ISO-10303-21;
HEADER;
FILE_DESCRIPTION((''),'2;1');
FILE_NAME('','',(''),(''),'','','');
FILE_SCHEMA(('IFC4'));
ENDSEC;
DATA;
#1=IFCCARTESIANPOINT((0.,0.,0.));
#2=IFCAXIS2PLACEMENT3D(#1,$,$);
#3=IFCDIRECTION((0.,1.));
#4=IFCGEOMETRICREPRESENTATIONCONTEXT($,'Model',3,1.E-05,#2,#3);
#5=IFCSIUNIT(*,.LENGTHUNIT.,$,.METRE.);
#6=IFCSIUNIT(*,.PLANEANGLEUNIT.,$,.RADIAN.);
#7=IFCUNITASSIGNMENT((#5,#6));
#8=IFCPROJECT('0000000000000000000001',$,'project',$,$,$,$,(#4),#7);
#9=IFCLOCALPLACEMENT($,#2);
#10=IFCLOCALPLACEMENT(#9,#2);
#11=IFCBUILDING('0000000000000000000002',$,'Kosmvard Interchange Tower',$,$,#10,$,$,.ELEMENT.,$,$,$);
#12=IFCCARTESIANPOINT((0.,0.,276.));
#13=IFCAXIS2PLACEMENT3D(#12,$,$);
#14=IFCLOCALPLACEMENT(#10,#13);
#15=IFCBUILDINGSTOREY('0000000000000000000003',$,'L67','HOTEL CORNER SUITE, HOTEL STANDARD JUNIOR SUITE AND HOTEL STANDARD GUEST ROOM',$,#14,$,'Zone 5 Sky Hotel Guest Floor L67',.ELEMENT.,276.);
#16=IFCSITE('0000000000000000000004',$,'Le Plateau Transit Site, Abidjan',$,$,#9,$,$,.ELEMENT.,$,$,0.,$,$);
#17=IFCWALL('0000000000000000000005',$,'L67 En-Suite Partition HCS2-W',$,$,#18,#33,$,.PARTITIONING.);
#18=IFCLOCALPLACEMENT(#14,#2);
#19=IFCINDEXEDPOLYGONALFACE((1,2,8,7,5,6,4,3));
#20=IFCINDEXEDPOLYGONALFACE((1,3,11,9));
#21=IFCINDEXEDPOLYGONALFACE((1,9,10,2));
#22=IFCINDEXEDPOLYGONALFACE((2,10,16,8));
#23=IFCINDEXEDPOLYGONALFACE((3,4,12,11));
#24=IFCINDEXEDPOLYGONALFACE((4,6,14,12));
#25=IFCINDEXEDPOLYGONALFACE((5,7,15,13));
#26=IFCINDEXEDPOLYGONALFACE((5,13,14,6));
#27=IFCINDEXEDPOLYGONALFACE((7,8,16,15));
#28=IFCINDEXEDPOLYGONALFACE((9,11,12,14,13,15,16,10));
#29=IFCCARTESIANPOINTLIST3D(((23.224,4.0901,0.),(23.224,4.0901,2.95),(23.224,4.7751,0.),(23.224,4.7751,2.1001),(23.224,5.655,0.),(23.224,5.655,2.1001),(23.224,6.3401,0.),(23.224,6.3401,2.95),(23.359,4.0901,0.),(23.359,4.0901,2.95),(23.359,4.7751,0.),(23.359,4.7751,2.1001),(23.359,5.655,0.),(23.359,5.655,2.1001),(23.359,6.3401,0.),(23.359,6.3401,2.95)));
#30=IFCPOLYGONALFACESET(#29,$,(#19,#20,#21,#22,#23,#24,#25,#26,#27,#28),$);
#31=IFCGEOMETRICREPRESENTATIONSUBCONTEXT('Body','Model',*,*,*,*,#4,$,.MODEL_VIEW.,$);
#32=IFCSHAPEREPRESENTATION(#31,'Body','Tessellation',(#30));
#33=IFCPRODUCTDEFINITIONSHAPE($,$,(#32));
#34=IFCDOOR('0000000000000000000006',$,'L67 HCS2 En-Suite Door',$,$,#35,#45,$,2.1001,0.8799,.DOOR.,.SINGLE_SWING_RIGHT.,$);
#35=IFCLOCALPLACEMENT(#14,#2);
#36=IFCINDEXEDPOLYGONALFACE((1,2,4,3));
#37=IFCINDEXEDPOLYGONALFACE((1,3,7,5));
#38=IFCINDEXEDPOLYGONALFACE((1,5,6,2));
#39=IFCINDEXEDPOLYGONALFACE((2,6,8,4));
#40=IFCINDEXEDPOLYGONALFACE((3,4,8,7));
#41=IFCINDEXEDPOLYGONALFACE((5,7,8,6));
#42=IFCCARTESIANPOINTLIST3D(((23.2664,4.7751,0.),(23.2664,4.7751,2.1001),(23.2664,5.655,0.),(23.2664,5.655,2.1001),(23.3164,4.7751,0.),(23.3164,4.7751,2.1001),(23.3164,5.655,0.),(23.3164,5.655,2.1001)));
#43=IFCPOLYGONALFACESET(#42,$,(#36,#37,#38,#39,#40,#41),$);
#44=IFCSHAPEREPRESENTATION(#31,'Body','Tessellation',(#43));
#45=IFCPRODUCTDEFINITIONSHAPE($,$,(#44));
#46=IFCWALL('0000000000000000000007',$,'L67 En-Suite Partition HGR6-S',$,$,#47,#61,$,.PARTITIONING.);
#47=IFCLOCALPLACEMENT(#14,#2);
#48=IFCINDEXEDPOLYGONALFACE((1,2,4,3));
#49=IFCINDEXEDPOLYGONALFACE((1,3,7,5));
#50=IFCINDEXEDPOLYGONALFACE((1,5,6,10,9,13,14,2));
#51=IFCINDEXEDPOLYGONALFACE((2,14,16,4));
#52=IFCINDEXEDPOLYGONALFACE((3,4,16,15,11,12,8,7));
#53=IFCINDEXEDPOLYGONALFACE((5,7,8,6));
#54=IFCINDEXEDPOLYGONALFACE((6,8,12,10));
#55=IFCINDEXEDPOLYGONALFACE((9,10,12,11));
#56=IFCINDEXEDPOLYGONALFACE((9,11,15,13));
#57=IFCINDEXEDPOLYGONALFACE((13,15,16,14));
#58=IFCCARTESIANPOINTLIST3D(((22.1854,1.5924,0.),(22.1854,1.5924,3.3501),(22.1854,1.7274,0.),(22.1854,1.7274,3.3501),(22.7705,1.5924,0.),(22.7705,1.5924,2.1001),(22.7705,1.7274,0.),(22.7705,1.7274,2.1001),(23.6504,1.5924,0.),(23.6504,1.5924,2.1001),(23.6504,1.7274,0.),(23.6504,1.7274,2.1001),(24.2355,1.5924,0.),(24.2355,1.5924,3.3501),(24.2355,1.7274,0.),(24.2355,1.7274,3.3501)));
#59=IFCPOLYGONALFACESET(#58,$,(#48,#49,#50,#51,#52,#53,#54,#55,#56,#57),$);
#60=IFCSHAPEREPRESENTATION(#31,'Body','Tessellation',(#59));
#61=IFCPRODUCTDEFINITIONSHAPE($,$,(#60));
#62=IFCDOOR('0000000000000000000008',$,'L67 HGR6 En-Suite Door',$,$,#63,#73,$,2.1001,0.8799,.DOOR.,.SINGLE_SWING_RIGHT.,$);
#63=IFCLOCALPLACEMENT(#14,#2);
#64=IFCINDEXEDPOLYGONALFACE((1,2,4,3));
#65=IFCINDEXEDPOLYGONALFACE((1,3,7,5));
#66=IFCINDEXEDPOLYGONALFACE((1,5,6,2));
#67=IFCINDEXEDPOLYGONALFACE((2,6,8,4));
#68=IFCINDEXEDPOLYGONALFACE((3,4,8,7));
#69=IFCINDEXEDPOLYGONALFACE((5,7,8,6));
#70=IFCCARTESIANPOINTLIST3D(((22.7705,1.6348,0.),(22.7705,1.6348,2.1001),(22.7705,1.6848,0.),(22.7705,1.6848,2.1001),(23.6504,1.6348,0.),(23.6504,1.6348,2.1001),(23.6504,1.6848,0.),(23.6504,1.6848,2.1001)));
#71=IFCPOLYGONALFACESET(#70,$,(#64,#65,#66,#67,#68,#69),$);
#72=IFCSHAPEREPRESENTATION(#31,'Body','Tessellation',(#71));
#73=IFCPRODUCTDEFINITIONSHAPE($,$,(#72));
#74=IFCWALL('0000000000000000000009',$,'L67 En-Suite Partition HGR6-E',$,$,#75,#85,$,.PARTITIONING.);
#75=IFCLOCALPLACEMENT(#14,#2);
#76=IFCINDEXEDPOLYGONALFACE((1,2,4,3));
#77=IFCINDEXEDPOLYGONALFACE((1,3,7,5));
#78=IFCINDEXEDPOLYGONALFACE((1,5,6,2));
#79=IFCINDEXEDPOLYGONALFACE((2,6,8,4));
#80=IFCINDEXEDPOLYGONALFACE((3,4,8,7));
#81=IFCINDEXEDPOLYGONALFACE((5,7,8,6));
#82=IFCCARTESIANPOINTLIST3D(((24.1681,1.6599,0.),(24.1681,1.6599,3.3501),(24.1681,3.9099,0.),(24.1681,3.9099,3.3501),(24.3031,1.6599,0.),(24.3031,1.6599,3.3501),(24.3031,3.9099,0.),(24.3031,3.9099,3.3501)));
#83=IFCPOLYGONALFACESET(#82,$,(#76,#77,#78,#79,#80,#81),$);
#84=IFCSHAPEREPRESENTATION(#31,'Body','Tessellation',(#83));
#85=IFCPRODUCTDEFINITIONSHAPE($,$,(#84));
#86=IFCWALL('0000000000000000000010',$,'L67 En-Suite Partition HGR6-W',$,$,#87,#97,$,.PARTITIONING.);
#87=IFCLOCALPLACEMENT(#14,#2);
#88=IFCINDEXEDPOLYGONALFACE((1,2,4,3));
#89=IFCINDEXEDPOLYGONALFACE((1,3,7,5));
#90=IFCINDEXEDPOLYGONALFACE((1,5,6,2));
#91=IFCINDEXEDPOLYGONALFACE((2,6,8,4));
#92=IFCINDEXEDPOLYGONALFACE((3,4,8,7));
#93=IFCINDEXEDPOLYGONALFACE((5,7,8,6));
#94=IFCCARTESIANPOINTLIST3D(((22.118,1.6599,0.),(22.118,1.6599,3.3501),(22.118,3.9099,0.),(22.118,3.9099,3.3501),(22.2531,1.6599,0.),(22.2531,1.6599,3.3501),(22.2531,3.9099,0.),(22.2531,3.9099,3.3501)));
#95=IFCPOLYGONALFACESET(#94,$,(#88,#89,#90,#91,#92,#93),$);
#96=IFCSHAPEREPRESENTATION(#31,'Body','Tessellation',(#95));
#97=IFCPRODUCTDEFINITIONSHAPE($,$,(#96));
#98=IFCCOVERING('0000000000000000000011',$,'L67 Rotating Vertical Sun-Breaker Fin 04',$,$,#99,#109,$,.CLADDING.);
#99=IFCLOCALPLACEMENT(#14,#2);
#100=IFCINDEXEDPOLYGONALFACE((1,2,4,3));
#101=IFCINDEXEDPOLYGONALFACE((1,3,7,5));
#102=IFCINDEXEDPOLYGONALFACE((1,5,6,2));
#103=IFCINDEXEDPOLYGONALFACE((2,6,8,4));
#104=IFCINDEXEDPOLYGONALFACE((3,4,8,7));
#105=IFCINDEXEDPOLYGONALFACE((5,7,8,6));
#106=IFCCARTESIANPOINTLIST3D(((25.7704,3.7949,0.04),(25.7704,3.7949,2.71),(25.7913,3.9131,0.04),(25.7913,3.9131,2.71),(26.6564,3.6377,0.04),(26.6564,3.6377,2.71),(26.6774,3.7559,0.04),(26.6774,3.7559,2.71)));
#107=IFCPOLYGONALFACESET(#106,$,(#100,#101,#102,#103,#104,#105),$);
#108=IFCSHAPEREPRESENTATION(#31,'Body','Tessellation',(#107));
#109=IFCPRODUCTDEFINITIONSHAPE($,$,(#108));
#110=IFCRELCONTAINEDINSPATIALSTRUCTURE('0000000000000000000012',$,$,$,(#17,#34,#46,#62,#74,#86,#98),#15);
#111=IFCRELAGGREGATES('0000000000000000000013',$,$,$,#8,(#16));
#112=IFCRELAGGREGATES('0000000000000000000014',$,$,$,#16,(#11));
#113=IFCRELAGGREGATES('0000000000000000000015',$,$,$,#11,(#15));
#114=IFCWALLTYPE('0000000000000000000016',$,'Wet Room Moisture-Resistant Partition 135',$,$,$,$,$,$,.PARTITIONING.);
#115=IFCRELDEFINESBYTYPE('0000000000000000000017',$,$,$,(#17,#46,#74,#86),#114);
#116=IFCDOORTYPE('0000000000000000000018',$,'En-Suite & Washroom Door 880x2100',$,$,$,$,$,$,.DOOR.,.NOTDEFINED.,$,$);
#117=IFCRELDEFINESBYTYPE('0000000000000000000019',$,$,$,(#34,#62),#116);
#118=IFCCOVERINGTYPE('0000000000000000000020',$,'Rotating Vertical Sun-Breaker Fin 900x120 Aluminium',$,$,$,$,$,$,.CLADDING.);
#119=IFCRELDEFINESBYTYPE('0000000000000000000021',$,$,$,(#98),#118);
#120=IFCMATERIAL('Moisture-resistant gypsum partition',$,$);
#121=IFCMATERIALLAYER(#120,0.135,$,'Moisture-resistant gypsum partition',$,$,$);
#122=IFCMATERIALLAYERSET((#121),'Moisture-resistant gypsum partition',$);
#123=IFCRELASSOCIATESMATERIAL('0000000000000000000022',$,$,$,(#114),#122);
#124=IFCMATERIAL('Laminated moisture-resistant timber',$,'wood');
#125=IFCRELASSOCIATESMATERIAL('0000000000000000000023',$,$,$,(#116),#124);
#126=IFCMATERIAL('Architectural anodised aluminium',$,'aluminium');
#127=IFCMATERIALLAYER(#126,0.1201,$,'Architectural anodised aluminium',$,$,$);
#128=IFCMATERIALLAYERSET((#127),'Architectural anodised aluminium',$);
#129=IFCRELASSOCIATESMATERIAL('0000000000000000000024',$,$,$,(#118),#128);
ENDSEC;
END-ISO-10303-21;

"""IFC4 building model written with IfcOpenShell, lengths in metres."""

from ifc_helpers import new_model, si_unit, direction, frame, frame_2d, origin, origin_2d, place, context, subcontext, project, spatial, rectangle, extrude, source, transform, mapped, material, layer, layer_set, type_object, element, fill, save


model = new_model("IFC4")

# Units and contexts
model_context = context("Model", 3, precision=1e-05, world=origin(), true_north=direction((0.0, 1.0)))
body_context = subcontext(model_context, "Body", "Model", "MODEL_VIEW")
ifc_project = project(units=[si_unit("LENGTHUNIT", "METRE"), si_unit("PLANEANGLEUNIT", "RADIAN")], contexts=[model_context])

# Site, building, storey
site_placement = place(None, origin())
site = spatial("IfcSite", under=ifc_project, at=site_placement, Name="Le Plateau Transit Site, Abidjan", CompositionType="ELEMENT", RefElevation=0.0)
building_placement = place(site_placement, origin())
building = spatial("IfcBuilding", under=site, at=building_placement, Name="Kosmvard Interchange Tower", CompositionType="ELEMENT")
storey_placement = place(building_placement, frame((0.0, 0.0, 276.0)))
storey = spatial("IfcBuildingStorey", under=building, at=storey_placement, Name="L67", Description="HOTEL CORNER SUITE, HOTEL STANDARD JUNIOR SUITE AND HOTEL STANDARD GUEST ROOM", LongName="Zone 5 Sky Hotel Guest Floor L67", CompositionType="ELEMENT", Elevation=276.0)

# Shared definitions
ifc_material_1 = material(Name="Moisture-resistant gypsum partition")
ifc_layer_1 = layer(ifc_material_1, 0.135, Name="Moisture-resistant gypsum partition")
ifc_layer_set_1 = layer_set([ifc_layer_1], Name="Moisture-resistant gypsum partition")
wall_type_1 = type_object("IfcWallType", Name="Wet Room Moisture-Resistant Partition 135", PredefinedType="PARTITIONING", material=ifc_layer_set_1)

# Walls, openings, doors
wall_1_placement = place(storey_placement, frame((23.2915, 4.0901, 0.0), z_axis=(0.0, 0.0, 1.0), x_axis=(0.0, 1.0, 0.0)))
wall_1 = element("IfcWall", 1, at=wall_1_placement, inside=storey, type_object=wall_type_1, Name="L67 En-Suite Partition HCS2-W", PredefinedType="PARTITIONING", context=body_context, shape_type="SweptSolid", body=[
    extrude(rectangle(XDim=2.25, YDim=0.135, at=frame_2d((1.125, 0.0))), origin(), (0.0, 0.0, 1.0), 2.95),
])
opening_1_placement = place(wall_1_placement, frame((0.6851, 0.0, 0.0)))
opening_1 = element("IfcOpeningElement", 2, at=opening_1_placement, cuts=wall_1, PredefinedType="OPENING", context=body_context, shape_type="SweptSolid", body=[
    extrude(rectangle(XDim=0.8799, YDim=2.1001, at=frame_2d((0.4399, 1.05))), frame((0.0, 0.0776, 0.0), z_axis=(0.0, -1.0, 0.0), x_axis=(1.0, 0.0, 0.0)), (0.0, 0.0, 1.0), 0.155),
])
ifc_material_2 = material(Name="Laminated moisture-resistant timber", Category="wood")
door_type = type_object("IfcDoorType", Name="En-Suite & Washroom Door 880x2100", OperationType="NOTDEFINED", PredefinedType="DOOR", material=ifc_material_2)
shared_shape_1 = source(origin(), body_context, "Body", "SweptSolid", [
    extrude(rectangle(XDim=0.8799, YDim=2.1001, at=frame_2d((0.4399, 1.05))), frame((0.0, 0.0249, 0.0), z_axis=(0.0, -1.0, 0.0), x_axis=(1.0, 0.0, 0.0)), (0.0, 0.0, 1.0), 0.05),
])
door_1_placement = place(opening_1_placement, frame((0.8799, 0.0, 0.0), z_axis=(0.0, 0.0, 1.0), x_axis=(-1.0, 0.0, 0.0)))
door_1 = element("IfcDoor", 3, at=door_1_placement, inside=storey, type_object=door_type, Name="L67 HCS2 En-Suite Door", OperationType="SINGLE_SWING_RIGHT", OverallHeight=2.1001, OverallWidth=0.8799, PredefinedType="DOOR", context=body_context, shape_type="MappedRepresentation", body=[
    mapped(shared_shape_1, transform((0.0, 0.0, 0.0), scale=1.0)),
])
fill(opening_1, door_1)
wall_2_placement = place(storey_placement, frame((22.1855, 1.6599, 0.0), z_axis=(0.0, 0.0, 1.0), x_axis=(1.0, 0.0, 0.0)))
wall_2 = element("IfcWall", 4, at=wall_2_placement, inside=storey, type_object=wall_type_1, Name="L67 En-Suite Partition HGR6-S", PredefinedType="PARTITIONING", context=body_context, shape_type="SweptSolid", body=[
    extrude(rectangle(XDim=2.05, YDim=0.135, at=frame_2d((1.0249, 0.0))), origin(), (0.0, 0.0, 1.0), 3.3501),
])
opening_2_placement = place(wall_2_placement, frame((0.585, 0.0, 0.0)))
opening_2 = element("IfcOpeningElement", 5, at=opening_2_placement, cuts=wall_2, PredefinedType="OPENING", context=body_context, shape_type="SweptSolid", body=[
    extrude(rectangle(XDim=0.8799, YDim=2.1001, at=frame_2d((0.4399, 1.05))), frame((0.0, 0.0776, 0.0), z_axis=(0.0, -1.0, 0.0), x_axis=(1.0, 0.0, 0.0)), (0.0, 0.0, 1.0), 0.155),
])
door_2_placement = place(opening_2_placement, origin())
door_2 = element("IfcDoor", 6, at=door_2_placement, inside=storey, type_object=door_type, Name="L67 HGR6 En-Suite Door", OperationType="SINGLE_SWING_RIGHT", OverallHeight=2.1001, OverallWidth=0.8799, PredefinedType="DOOR", context=body_context, shape_type="MappedRepresentation", body=[
    mapped(shared_shape_1, transform((0.0, 0.0, 0.0), scale=1.0)),
])
fill(opening_2, door_2)

# Walls
for number, where, z_axis, x_axis, name in (
    (7, (24.2356, 1.6599, 0.0), (0.0, 0.0, 1.0), (0.0, 1.0, 0.0), "L67 En-Suite Partition HGR6-E"),
    (8, (22.1855, 1.6599, 0.0), (0.0, 0.0, 1.0), (0.0, 1.0, 0.0), "L67 En-Suite Partition HGR6-W"),
):
    element("IfcWall", number, at=place(storey_placement, frame(where, z_axis=z_axis, x_axis=x_axis)), inside=storey, type_object=wall_type_1, Name=name, PredefinedType="PARTITIONING", context=body_context, shape_type="SweptSolid", body=[
        extrude(rectangle(XDim=2.25, YDim=0.135, at=frame_2d((1.125, 0.0))), origin(), (0.0, 0.0, 1.0), 3.3501),
    ])

# Covering
ifc_material_3 = material(Name="Architectural anodised aluminium", Category="aluminium")
ifc_layer_2 = layer(ifc_material_3, 0.1201, Name="Architectural anodised aluminium")
ifc_layer_set_2 = layer_set([ifc_layer_2], Name="Architectural anodised aluminium")
covering_type = type_object("IfcCoveringType", Name="Rotating Vertical Sun-Breaker Fin 900x120 Aluminium", PredefinedType="CLADDING", material=ifc_layer_set_2)
shared_shape_2 = source(origin(), body_context, "Body", "SweptSolid", [
    extrude(rectangle(XDim=0.8999, YDim=0.1201, at=origin_2d()), origin(), (0.0, 0.0, 1.0), 2.6699),
])
covering_placement = place(storey_placement, frame((26.2239, 3.7754, 0.04), z_axis=(0.0, 0.0, 1.0), x_axis=(0.984625, -0.174679, 0.0)))
element("IfcCovering", 9, at=covering_placement, inside=storey, type_object=covering_type, Name="L67 Rotating Vertical Sun-Breaker Fin 04", PredefinedType="CLADDING", context=body_context, shape_type="MappedRepresentation", body=[
    mapped(shared_shape_2, transform((0.0, 0.0, 0.0), scale=1.0)),
])

save(model, "model.ifc")
